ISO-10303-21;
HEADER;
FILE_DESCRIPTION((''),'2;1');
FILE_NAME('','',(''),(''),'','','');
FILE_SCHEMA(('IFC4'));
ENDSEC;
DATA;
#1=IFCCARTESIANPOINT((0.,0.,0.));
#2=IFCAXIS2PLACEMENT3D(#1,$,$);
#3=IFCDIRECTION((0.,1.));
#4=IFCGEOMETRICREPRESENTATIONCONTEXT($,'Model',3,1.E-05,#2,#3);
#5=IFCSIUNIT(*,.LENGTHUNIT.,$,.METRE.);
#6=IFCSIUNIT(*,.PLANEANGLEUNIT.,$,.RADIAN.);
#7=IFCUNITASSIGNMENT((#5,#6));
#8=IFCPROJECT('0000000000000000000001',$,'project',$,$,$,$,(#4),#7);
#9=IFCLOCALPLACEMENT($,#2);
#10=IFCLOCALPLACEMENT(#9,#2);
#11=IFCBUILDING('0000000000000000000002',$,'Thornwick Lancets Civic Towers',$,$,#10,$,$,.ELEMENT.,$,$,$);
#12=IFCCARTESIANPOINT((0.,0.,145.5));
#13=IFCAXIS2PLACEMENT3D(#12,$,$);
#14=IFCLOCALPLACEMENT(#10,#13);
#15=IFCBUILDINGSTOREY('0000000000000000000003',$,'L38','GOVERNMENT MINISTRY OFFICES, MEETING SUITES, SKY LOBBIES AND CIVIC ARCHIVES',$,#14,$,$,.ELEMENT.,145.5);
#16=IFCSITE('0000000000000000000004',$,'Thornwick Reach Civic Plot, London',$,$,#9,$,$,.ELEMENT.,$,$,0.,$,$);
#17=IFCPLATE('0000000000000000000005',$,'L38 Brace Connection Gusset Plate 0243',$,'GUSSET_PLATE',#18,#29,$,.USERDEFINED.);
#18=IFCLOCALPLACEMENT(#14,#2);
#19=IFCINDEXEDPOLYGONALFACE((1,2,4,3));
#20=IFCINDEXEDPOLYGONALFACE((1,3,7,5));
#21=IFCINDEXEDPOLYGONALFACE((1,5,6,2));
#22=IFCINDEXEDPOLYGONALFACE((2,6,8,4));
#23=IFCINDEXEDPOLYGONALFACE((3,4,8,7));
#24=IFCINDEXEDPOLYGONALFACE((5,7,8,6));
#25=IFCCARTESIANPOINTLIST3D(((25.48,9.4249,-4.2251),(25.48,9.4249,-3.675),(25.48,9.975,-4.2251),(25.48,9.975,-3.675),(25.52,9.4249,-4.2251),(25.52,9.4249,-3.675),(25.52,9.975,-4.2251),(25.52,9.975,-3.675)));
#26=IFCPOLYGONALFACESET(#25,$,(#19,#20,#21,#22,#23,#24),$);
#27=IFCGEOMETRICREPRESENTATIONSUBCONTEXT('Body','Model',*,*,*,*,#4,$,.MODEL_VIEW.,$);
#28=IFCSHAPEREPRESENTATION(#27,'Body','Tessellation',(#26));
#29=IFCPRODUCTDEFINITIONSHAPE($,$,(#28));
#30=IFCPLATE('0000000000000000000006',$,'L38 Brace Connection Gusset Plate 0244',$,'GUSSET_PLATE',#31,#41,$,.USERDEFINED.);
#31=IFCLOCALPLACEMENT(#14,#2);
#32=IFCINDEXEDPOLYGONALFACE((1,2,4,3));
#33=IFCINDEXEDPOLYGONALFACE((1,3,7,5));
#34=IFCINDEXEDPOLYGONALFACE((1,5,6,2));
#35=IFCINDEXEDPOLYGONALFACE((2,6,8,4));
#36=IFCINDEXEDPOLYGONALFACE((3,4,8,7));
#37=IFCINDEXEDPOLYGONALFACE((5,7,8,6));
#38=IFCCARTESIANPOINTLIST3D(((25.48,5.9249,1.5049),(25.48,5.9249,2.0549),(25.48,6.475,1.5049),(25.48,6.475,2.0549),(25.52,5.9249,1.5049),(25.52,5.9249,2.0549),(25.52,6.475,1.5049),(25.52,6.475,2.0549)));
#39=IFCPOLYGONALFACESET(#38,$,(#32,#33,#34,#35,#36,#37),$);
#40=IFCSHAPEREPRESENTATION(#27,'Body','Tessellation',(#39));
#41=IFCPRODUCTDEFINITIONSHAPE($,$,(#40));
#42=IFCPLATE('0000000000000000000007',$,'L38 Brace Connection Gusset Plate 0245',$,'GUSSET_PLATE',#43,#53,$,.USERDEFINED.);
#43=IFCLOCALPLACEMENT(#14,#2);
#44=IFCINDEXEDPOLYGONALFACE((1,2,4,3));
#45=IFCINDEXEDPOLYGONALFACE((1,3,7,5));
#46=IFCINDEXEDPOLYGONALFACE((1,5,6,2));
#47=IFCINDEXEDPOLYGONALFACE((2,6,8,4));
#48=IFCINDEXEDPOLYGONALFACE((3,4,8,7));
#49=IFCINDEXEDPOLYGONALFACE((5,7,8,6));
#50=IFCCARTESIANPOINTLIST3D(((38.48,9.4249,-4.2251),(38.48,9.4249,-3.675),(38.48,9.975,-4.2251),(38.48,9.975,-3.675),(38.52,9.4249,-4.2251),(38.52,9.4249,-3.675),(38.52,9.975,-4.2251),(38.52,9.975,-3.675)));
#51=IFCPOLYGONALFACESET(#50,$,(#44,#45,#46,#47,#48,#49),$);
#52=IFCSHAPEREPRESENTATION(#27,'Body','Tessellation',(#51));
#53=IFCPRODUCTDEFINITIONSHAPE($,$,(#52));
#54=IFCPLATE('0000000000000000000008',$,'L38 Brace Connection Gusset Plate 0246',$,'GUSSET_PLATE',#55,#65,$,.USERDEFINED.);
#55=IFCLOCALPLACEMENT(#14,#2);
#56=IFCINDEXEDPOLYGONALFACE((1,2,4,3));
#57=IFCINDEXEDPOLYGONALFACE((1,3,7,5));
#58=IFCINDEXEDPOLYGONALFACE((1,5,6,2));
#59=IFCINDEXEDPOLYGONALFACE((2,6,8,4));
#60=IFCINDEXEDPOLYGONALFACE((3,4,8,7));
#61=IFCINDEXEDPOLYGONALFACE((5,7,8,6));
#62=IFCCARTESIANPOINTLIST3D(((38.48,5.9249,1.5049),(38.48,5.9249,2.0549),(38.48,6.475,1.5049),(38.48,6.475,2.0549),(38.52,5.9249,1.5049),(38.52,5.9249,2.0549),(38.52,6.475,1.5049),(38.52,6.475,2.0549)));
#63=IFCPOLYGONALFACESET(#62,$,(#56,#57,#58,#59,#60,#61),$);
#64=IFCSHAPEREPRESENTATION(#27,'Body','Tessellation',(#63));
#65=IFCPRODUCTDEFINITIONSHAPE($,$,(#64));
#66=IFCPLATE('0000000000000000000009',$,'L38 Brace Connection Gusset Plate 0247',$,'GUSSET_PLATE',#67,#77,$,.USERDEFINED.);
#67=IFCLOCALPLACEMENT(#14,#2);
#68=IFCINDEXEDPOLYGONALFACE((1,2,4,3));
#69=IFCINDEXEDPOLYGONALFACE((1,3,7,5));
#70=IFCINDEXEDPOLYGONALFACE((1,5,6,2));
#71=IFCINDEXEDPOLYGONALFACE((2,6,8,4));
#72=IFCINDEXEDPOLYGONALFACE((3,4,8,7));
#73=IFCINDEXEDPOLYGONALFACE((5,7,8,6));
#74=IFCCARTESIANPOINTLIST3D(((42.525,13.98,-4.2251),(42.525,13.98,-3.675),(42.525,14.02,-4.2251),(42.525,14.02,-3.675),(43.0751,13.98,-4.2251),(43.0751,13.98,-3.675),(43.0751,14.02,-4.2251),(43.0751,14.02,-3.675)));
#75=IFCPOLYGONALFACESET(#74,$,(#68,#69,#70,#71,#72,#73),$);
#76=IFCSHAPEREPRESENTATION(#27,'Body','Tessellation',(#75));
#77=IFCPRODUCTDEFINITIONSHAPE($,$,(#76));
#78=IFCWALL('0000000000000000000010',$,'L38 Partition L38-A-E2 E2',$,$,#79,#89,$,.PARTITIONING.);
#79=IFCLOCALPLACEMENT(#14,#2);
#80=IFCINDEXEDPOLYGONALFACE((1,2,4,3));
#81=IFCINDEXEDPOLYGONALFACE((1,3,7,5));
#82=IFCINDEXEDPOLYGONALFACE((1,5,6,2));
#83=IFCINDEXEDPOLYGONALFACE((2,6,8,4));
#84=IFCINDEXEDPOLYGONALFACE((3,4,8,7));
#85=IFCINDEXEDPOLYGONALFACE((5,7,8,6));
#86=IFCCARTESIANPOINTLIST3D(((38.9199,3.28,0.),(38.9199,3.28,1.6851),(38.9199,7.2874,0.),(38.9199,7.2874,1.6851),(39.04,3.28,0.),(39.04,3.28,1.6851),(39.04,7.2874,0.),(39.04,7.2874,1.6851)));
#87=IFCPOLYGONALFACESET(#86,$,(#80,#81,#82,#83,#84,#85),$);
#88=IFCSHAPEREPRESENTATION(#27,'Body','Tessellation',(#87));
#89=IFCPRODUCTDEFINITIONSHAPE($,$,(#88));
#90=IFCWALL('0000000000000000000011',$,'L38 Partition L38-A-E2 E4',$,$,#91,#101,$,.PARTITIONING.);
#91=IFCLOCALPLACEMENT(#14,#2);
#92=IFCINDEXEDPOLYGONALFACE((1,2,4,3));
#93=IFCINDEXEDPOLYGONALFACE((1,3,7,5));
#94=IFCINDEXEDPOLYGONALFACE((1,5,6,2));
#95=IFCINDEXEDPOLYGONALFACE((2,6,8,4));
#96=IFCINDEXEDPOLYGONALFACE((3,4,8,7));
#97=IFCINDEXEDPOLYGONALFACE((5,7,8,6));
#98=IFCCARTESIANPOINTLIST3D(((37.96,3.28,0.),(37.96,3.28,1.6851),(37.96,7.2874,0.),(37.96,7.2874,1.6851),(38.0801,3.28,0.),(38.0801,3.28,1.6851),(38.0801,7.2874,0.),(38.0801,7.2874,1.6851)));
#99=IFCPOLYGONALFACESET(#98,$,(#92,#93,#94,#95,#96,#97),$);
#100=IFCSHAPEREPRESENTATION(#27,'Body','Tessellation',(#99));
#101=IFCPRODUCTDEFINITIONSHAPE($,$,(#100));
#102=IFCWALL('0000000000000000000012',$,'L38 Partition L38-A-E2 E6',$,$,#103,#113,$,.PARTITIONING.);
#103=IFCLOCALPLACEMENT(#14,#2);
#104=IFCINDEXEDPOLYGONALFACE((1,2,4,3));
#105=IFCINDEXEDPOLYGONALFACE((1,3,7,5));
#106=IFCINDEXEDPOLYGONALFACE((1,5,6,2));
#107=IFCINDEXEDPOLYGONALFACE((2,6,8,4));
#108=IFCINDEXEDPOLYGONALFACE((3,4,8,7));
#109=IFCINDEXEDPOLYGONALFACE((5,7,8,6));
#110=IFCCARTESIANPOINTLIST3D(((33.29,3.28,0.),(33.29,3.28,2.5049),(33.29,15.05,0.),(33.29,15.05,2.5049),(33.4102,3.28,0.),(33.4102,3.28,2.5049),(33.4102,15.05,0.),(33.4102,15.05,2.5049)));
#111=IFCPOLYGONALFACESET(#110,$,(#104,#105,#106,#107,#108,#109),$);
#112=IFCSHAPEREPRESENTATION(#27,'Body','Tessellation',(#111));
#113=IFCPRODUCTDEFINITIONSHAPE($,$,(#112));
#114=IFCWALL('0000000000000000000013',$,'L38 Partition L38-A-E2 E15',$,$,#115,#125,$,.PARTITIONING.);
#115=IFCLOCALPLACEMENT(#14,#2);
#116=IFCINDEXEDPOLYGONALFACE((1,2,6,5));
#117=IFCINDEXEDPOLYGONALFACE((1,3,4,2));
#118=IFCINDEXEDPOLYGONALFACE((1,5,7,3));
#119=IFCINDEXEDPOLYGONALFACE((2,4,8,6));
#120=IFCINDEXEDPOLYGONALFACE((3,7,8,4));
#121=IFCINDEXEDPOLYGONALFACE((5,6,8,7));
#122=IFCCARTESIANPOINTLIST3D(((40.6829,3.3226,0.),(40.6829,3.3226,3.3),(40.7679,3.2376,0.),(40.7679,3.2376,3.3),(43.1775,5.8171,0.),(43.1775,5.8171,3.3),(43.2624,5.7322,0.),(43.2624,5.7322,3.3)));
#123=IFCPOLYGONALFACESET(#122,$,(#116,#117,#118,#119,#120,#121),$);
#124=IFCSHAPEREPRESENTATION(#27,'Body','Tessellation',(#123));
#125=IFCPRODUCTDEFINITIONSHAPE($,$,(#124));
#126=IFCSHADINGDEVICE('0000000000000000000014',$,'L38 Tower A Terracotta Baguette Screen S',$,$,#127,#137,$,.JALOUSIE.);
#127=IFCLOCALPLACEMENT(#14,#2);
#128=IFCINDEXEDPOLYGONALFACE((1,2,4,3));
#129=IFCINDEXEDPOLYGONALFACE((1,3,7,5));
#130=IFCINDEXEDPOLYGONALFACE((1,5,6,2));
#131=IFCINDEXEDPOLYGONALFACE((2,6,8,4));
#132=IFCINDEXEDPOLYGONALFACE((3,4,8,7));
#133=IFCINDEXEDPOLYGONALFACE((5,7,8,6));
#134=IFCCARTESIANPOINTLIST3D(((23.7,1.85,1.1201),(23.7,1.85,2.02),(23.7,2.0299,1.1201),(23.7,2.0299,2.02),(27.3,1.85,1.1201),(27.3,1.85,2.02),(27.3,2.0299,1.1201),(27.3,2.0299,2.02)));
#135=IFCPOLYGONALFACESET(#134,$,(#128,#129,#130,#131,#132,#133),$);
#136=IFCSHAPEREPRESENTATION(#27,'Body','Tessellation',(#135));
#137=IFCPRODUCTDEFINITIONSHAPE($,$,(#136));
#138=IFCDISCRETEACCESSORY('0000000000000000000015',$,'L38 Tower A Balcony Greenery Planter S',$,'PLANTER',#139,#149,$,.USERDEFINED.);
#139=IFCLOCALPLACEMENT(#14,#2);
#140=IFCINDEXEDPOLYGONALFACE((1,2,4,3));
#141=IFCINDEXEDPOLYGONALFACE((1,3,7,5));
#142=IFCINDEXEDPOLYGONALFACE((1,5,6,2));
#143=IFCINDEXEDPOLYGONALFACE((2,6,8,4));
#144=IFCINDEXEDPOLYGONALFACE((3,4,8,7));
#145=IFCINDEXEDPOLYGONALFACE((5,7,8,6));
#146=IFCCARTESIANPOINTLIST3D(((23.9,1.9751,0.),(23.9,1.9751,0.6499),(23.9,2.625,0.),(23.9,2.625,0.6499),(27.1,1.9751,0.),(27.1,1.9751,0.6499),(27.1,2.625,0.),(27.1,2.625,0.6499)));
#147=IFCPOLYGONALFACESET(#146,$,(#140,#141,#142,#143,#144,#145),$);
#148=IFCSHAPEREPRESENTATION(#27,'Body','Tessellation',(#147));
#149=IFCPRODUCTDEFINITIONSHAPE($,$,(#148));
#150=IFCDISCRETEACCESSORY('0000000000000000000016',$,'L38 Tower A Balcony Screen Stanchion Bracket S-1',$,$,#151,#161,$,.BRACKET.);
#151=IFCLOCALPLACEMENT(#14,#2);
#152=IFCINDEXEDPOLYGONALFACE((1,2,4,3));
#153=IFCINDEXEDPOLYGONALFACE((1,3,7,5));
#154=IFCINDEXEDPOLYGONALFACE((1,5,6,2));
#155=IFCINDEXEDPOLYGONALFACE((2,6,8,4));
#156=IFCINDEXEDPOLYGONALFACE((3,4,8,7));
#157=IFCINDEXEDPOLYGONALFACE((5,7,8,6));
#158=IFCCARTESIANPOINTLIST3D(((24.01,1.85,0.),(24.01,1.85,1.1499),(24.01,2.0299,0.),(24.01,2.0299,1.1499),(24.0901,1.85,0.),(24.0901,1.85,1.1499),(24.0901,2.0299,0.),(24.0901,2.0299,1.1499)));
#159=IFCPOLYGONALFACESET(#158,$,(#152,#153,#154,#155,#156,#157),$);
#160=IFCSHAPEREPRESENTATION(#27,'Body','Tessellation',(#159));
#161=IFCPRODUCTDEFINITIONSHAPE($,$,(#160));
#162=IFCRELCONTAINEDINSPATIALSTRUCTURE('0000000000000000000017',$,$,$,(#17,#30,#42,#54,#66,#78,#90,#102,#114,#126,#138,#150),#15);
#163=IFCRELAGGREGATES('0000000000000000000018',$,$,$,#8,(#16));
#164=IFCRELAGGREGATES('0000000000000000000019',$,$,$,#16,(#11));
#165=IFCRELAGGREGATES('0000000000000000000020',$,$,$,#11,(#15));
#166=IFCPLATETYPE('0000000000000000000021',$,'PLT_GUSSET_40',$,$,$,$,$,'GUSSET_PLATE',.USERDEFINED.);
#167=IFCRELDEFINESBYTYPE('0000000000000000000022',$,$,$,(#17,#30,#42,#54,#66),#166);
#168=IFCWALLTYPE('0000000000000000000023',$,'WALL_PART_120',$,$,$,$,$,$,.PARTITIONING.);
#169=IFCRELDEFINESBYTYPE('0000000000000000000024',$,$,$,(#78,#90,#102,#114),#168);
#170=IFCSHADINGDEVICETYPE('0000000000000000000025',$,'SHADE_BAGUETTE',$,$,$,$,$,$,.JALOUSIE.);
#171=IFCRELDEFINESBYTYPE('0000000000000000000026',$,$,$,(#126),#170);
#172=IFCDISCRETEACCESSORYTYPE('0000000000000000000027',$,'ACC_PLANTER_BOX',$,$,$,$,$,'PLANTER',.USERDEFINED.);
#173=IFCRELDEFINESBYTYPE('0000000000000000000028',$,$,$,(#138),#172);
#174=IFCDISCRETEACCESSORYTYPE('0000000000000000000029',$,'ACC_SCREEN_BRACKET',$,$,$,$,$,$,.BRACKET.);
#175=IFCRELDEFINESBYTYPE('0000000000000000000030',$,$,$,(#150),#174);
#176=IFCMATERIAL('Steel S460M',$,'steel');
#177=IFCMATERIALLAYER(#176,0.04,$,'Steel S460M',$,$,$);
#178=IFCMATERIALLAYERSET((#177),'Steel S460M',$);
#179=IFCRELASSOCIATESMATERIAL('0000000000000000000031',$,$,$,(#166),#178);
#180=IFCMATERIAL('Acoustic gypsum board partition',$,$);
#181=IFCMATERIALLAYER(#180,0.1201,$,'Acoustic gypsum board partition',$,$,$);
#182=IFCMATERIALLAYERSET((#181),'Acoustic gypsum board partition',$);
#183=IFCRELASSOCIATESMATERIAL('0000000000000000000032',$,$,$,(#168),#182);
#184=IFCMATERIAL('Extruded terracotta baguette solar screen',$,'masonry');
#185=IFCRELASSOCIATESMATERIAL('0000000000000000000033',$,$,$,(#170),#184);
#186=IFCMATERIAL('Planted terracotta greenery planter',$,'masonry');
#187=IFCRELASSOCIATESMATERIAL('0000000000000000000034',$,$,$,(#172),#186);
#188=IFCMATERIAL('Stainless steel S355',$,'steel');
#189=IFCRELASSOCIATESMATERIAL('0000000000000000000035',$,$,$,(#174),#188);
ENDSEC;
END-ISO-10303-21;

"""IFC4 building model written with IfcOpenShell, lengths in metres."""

from ifc_helpers import new_model, si_unit, direction, frame, frame_2d, origin, origin_2d, place, context, subcontext, project, spatial, rectangle, extrude, material, layer, layer_set, type_object, element, save


model = new_model("IFC4")

# Units and contexts
model_context = context("Model", 3, precision=1e-05, world=origin(), true_north=direction((0.0, 1.0)))
body_context = subcontext(model_context, "Body", "Model", "MODEL_VIEW")
ifc_project = project(units=[si_unit("LENGTHUNIT", "METRE"), si_unit("PLANEANGLEUNIT", "RADIAN")], contexts=[model_context])

# Site, building, storey
site_placement = place(None, origin())
site = spatial("IfcSite", under=ifc_project, at=site_placement, Name="Thornwick Reach Civic Plot, London", CompositionType="ELEMENT", RefElevation=0.0)
building_placement = place(site_placement, origin())
building = spatial("IfcBuilding", under=site, at=building_placement, Name="Thornwick Lancets Civic Towers", CompositionType="ELEMENT")
storey_placement = place(building_placement, frame((0.0, 0.0, 145.5)))
storey = spatial("IfcBuildingStorey", under=building, at=storey_placement, Name="L38", Description="GOVERNMENT MINISTRY OFFICES, MEETING SUITES, SKY LOBBIES AND CIVIC ARCHIVES", CompositionType="ELEMENT", Elevation=145.5)

# Shared definitions
ifc_material_1 = material(Name="Steel S460M", Category="steel")

# Plates
ifc_layer_1 = layer(ifc_material_1, 0.04, Name="Steel S460M")
ifc_layer_set_1 = layer_set([ifc_layer_1], Name="Steel S460M")
plate_type_1 = type_object("IfcPlateType", Name="PLT_GUSSET_40", ElementType="GUSSET_PLATE", PredefinedType="USERDEFINED", material=ifc_layer_set_1)
for number, where, z_axis, x_axis, name in (
    (1, (25.5, 9.7, -4.2251), (0.0, 0.0, 1.0), (0.0, -1.0, 0.0), "L38 Brace Connection Gusset Plate 0243"),
    (2, (25.5, 6.2, 1.5049), (0.0, 0.0, 1.0), (0.0, -1.0, 0.0), "L38 Brace Connection Gusset Plate 0244"),
    (3, (38.5, 9.7, -4.2251), (0.0, 0.0, 1.0), (0.0, -1.0, 0.0), "L38 Brace Connection Gusset Plate 0245"),
    (4, (38.5, 6.2, 1.5049), (0.0, 0.0, 1.0), (0.0, -1.0, 0.0), "L38 Brace Connection Gusset Plate 0246"),
    (5, (42.8, 14.0, -4.2251), (0.0, 0.0, 1.0), (1.0, 0.0, 0.0), "L38 Brace Connection Gusset Plate 0247"),
):
    element("IfcPlate", number, at=place(storey_placement, frame(where, z_axis=z_axis, x_axis=x_axis)), inside=storey, type_object=plate_type_1, Name=name, ObjectType="GUSSET_PLATE", PredefinedType="USERDEFINED", context=body_context, shape_type="SweptSolid", body=[
        extrude(rectangle(XDim=0.55, YDim=0.04, at=origin_2d()), origin(), (0.0, 0.0, 1.0), 0.55),
    ])

# Walls
ifc_material_2 = material(Name="Acoustic gypsum board partition")
ifc_layer_2 = layer(ifc_material_2, 0.1201, Name="Acoustic gypsum board partition")
ifc_layer_set_2 = layer_set([ifc_layer_2], Name="Acoustic gypsum board partition")
wall_type = type_object("IfcWallType", Name="WALL_PART_120", PredefinedType="PARTITIONING", material=ifc_layer_set_2)
for number, where, z_axis, x_axis, name in (
    (6, (38.98, 3.28, 0.0), (0.0, 0.0, 1.0), (0.0, 1.0, 0.0), "L38 Partition L38-A-E2 E2"),
    (7, (38.02, 7.2874, 0.0), (0.0, 0.0, 1.0), (0.0, -1.0, 0.0), "L38 Partition L38-A-E2 E4"),
):
    element("IfcWall", number, at=place(storey_placement, frame(where, z_axis=z_axis, x_axis=x_axis)), inside=storey, type_object=wall_type, Name=name, PredefinedType="PARTITIONING", context=body_context, shape_type="SweptSolid", body=[
        extrude(rectangle(XDim=4.0073, YDim=0.1201, at=frame_2d((2.0037, 0.0))), origin(), (0.0, 0.0, 1.0), 1.6851),
    ])
wall_1_placement = place(storey_placement, frame((33.3501, 3.28, 0.0), z_axis=(0.0, 0.0, 1.0), x_axis=(0.0, 1.0, 0.0)))
element("IfcWall", 8, at=wall_1_placement, inside=storey, type_object=wall_type, Name="L38 Partition L38-A-E2 E6", PredefinedType="PARTITIONING", context=body_context, shape_type="SweptSolid", body=[
    extrude(rectangle(XDim=11.77, YDim=0.1201, at=frame_2d((5.885, 0.0))), origin(), (0.0, 0.0, 1.0), 2.5049),
])
wall_2_placement = place(storey_placement, frame((43.22, 5.7747, 0.0), z_axis=(0.0, 0.0, 1.0), x_axis=(-0.707107, -0.707107, 0.0)))
element("IfcWall", 9, at=wall_2_placement, inside=storey, type_object=wall_type, Name="L38 Partition L38-A-E2 E15", PredefinedType="PARTITIONING", context=body_context, shape_type="SweptSolid", body=[
    extrude(rectangle(XDim=3.5278, YDim=0.1201, at=frame_2d((1.7639, 0.0))), origin(), (0.0, 0.0, 1.0), 3.3),
])

# Shading device
ifc_material_3 = material(Name="Extruded terracotta baguette solar screen", Category="masonry")
shading_device_type = type_object("IfcShadingDeviceType", Name="SHADE_BAGUETTE", PredefinedType="JALOUSIE", material=ifc_material_3)
shading_device_placement = place(storey_placement, frame((25.5, 1.9399, 1.1201), z_axis=(0.0, 0.0, 1.0), x_axis=(1.0, 0.0, 0.0)))
element("IfcShadingDevice", 10, at=shading_device_placement, inside=storey, type_object=shading_device_type, Name="L38 Tower A Terracotta Baguette Screen S", PredefinedType="JALOUSIE", context=body_context, shape_type="SweptSolid", body=[
    extrude(rectangle(XDim=3.6001, YDim=0.1799, at=origin_2d()), origin(), (0.0, 0.0, 1.0), 0.8999),
])

# Discrete accessories
ifc_material_4 = material(Name="Planted terracotta greenery planter", Category="masonry")
discrete_accessory_type_1 = type_object("IfcDiscreteAccessoryType", Name="ACC_PLANTER_BOX", ElementType="PLANTER", PredefinedType="USERDEFINED", material=ifc_material_4)
discrete_accessory_1_placement = place(storey_placement, frame((25.5, 2.3, 0.0), z_axis=(0.0, 0.0, 1.0), x_axis=(1.0, 0.0, 0.0)))
element("IfcDiscreteAccessory", 11, at=discrete_accessory_1_placement, inside=storey, type_object=discrete_accessory_type_1, Name="L38 Tower A Balcony Greenery Planter S", ObjectType="PLANTER", PredefinedType="USERDEFINED", context=body_context, shape_type="SweptSolid", body=[
    extrude(rectangle(XDim=3.2, YDim=0.6499, at=origin_2d()), origin(), (0.0, 0.0, 1.0), 0.6499),
])
ifc_material_5 = material(Name="Stainless steel S355", Category="steel")
discrete_accessory_type_2 = type_object("IfcDiscreteAccessoryType", Name="ACC_SCREEN_BRACKET", PredefinedType="BRACKET", material=ifc_material_5)
discrete_accessory_2_placement = place(storey_placement, frame((24.05, 1.9399, 0.0), z_axis=(0.0, 0.0, 1.0), x_axis=(1.0, 0.0, 0.0)))
element("IfcDiscreteAccessory", 12, at=discrete_accessory_2_placement, inside=storey, type_object=discrete_accessory_type_2, Name="L38 Tower A Balcony Screen Stanchion Bracket S-1", PredefinedType="BRACKET", context=body_context, shape_type="SweptSolid", body=[
    extrude(rectangle(XDim=0.0801, YDim=0.1799, at=origin_2d()), origin(), (0.0, 0.0, 1.0), 1.1499),
])

save(model, "model.ifc")
